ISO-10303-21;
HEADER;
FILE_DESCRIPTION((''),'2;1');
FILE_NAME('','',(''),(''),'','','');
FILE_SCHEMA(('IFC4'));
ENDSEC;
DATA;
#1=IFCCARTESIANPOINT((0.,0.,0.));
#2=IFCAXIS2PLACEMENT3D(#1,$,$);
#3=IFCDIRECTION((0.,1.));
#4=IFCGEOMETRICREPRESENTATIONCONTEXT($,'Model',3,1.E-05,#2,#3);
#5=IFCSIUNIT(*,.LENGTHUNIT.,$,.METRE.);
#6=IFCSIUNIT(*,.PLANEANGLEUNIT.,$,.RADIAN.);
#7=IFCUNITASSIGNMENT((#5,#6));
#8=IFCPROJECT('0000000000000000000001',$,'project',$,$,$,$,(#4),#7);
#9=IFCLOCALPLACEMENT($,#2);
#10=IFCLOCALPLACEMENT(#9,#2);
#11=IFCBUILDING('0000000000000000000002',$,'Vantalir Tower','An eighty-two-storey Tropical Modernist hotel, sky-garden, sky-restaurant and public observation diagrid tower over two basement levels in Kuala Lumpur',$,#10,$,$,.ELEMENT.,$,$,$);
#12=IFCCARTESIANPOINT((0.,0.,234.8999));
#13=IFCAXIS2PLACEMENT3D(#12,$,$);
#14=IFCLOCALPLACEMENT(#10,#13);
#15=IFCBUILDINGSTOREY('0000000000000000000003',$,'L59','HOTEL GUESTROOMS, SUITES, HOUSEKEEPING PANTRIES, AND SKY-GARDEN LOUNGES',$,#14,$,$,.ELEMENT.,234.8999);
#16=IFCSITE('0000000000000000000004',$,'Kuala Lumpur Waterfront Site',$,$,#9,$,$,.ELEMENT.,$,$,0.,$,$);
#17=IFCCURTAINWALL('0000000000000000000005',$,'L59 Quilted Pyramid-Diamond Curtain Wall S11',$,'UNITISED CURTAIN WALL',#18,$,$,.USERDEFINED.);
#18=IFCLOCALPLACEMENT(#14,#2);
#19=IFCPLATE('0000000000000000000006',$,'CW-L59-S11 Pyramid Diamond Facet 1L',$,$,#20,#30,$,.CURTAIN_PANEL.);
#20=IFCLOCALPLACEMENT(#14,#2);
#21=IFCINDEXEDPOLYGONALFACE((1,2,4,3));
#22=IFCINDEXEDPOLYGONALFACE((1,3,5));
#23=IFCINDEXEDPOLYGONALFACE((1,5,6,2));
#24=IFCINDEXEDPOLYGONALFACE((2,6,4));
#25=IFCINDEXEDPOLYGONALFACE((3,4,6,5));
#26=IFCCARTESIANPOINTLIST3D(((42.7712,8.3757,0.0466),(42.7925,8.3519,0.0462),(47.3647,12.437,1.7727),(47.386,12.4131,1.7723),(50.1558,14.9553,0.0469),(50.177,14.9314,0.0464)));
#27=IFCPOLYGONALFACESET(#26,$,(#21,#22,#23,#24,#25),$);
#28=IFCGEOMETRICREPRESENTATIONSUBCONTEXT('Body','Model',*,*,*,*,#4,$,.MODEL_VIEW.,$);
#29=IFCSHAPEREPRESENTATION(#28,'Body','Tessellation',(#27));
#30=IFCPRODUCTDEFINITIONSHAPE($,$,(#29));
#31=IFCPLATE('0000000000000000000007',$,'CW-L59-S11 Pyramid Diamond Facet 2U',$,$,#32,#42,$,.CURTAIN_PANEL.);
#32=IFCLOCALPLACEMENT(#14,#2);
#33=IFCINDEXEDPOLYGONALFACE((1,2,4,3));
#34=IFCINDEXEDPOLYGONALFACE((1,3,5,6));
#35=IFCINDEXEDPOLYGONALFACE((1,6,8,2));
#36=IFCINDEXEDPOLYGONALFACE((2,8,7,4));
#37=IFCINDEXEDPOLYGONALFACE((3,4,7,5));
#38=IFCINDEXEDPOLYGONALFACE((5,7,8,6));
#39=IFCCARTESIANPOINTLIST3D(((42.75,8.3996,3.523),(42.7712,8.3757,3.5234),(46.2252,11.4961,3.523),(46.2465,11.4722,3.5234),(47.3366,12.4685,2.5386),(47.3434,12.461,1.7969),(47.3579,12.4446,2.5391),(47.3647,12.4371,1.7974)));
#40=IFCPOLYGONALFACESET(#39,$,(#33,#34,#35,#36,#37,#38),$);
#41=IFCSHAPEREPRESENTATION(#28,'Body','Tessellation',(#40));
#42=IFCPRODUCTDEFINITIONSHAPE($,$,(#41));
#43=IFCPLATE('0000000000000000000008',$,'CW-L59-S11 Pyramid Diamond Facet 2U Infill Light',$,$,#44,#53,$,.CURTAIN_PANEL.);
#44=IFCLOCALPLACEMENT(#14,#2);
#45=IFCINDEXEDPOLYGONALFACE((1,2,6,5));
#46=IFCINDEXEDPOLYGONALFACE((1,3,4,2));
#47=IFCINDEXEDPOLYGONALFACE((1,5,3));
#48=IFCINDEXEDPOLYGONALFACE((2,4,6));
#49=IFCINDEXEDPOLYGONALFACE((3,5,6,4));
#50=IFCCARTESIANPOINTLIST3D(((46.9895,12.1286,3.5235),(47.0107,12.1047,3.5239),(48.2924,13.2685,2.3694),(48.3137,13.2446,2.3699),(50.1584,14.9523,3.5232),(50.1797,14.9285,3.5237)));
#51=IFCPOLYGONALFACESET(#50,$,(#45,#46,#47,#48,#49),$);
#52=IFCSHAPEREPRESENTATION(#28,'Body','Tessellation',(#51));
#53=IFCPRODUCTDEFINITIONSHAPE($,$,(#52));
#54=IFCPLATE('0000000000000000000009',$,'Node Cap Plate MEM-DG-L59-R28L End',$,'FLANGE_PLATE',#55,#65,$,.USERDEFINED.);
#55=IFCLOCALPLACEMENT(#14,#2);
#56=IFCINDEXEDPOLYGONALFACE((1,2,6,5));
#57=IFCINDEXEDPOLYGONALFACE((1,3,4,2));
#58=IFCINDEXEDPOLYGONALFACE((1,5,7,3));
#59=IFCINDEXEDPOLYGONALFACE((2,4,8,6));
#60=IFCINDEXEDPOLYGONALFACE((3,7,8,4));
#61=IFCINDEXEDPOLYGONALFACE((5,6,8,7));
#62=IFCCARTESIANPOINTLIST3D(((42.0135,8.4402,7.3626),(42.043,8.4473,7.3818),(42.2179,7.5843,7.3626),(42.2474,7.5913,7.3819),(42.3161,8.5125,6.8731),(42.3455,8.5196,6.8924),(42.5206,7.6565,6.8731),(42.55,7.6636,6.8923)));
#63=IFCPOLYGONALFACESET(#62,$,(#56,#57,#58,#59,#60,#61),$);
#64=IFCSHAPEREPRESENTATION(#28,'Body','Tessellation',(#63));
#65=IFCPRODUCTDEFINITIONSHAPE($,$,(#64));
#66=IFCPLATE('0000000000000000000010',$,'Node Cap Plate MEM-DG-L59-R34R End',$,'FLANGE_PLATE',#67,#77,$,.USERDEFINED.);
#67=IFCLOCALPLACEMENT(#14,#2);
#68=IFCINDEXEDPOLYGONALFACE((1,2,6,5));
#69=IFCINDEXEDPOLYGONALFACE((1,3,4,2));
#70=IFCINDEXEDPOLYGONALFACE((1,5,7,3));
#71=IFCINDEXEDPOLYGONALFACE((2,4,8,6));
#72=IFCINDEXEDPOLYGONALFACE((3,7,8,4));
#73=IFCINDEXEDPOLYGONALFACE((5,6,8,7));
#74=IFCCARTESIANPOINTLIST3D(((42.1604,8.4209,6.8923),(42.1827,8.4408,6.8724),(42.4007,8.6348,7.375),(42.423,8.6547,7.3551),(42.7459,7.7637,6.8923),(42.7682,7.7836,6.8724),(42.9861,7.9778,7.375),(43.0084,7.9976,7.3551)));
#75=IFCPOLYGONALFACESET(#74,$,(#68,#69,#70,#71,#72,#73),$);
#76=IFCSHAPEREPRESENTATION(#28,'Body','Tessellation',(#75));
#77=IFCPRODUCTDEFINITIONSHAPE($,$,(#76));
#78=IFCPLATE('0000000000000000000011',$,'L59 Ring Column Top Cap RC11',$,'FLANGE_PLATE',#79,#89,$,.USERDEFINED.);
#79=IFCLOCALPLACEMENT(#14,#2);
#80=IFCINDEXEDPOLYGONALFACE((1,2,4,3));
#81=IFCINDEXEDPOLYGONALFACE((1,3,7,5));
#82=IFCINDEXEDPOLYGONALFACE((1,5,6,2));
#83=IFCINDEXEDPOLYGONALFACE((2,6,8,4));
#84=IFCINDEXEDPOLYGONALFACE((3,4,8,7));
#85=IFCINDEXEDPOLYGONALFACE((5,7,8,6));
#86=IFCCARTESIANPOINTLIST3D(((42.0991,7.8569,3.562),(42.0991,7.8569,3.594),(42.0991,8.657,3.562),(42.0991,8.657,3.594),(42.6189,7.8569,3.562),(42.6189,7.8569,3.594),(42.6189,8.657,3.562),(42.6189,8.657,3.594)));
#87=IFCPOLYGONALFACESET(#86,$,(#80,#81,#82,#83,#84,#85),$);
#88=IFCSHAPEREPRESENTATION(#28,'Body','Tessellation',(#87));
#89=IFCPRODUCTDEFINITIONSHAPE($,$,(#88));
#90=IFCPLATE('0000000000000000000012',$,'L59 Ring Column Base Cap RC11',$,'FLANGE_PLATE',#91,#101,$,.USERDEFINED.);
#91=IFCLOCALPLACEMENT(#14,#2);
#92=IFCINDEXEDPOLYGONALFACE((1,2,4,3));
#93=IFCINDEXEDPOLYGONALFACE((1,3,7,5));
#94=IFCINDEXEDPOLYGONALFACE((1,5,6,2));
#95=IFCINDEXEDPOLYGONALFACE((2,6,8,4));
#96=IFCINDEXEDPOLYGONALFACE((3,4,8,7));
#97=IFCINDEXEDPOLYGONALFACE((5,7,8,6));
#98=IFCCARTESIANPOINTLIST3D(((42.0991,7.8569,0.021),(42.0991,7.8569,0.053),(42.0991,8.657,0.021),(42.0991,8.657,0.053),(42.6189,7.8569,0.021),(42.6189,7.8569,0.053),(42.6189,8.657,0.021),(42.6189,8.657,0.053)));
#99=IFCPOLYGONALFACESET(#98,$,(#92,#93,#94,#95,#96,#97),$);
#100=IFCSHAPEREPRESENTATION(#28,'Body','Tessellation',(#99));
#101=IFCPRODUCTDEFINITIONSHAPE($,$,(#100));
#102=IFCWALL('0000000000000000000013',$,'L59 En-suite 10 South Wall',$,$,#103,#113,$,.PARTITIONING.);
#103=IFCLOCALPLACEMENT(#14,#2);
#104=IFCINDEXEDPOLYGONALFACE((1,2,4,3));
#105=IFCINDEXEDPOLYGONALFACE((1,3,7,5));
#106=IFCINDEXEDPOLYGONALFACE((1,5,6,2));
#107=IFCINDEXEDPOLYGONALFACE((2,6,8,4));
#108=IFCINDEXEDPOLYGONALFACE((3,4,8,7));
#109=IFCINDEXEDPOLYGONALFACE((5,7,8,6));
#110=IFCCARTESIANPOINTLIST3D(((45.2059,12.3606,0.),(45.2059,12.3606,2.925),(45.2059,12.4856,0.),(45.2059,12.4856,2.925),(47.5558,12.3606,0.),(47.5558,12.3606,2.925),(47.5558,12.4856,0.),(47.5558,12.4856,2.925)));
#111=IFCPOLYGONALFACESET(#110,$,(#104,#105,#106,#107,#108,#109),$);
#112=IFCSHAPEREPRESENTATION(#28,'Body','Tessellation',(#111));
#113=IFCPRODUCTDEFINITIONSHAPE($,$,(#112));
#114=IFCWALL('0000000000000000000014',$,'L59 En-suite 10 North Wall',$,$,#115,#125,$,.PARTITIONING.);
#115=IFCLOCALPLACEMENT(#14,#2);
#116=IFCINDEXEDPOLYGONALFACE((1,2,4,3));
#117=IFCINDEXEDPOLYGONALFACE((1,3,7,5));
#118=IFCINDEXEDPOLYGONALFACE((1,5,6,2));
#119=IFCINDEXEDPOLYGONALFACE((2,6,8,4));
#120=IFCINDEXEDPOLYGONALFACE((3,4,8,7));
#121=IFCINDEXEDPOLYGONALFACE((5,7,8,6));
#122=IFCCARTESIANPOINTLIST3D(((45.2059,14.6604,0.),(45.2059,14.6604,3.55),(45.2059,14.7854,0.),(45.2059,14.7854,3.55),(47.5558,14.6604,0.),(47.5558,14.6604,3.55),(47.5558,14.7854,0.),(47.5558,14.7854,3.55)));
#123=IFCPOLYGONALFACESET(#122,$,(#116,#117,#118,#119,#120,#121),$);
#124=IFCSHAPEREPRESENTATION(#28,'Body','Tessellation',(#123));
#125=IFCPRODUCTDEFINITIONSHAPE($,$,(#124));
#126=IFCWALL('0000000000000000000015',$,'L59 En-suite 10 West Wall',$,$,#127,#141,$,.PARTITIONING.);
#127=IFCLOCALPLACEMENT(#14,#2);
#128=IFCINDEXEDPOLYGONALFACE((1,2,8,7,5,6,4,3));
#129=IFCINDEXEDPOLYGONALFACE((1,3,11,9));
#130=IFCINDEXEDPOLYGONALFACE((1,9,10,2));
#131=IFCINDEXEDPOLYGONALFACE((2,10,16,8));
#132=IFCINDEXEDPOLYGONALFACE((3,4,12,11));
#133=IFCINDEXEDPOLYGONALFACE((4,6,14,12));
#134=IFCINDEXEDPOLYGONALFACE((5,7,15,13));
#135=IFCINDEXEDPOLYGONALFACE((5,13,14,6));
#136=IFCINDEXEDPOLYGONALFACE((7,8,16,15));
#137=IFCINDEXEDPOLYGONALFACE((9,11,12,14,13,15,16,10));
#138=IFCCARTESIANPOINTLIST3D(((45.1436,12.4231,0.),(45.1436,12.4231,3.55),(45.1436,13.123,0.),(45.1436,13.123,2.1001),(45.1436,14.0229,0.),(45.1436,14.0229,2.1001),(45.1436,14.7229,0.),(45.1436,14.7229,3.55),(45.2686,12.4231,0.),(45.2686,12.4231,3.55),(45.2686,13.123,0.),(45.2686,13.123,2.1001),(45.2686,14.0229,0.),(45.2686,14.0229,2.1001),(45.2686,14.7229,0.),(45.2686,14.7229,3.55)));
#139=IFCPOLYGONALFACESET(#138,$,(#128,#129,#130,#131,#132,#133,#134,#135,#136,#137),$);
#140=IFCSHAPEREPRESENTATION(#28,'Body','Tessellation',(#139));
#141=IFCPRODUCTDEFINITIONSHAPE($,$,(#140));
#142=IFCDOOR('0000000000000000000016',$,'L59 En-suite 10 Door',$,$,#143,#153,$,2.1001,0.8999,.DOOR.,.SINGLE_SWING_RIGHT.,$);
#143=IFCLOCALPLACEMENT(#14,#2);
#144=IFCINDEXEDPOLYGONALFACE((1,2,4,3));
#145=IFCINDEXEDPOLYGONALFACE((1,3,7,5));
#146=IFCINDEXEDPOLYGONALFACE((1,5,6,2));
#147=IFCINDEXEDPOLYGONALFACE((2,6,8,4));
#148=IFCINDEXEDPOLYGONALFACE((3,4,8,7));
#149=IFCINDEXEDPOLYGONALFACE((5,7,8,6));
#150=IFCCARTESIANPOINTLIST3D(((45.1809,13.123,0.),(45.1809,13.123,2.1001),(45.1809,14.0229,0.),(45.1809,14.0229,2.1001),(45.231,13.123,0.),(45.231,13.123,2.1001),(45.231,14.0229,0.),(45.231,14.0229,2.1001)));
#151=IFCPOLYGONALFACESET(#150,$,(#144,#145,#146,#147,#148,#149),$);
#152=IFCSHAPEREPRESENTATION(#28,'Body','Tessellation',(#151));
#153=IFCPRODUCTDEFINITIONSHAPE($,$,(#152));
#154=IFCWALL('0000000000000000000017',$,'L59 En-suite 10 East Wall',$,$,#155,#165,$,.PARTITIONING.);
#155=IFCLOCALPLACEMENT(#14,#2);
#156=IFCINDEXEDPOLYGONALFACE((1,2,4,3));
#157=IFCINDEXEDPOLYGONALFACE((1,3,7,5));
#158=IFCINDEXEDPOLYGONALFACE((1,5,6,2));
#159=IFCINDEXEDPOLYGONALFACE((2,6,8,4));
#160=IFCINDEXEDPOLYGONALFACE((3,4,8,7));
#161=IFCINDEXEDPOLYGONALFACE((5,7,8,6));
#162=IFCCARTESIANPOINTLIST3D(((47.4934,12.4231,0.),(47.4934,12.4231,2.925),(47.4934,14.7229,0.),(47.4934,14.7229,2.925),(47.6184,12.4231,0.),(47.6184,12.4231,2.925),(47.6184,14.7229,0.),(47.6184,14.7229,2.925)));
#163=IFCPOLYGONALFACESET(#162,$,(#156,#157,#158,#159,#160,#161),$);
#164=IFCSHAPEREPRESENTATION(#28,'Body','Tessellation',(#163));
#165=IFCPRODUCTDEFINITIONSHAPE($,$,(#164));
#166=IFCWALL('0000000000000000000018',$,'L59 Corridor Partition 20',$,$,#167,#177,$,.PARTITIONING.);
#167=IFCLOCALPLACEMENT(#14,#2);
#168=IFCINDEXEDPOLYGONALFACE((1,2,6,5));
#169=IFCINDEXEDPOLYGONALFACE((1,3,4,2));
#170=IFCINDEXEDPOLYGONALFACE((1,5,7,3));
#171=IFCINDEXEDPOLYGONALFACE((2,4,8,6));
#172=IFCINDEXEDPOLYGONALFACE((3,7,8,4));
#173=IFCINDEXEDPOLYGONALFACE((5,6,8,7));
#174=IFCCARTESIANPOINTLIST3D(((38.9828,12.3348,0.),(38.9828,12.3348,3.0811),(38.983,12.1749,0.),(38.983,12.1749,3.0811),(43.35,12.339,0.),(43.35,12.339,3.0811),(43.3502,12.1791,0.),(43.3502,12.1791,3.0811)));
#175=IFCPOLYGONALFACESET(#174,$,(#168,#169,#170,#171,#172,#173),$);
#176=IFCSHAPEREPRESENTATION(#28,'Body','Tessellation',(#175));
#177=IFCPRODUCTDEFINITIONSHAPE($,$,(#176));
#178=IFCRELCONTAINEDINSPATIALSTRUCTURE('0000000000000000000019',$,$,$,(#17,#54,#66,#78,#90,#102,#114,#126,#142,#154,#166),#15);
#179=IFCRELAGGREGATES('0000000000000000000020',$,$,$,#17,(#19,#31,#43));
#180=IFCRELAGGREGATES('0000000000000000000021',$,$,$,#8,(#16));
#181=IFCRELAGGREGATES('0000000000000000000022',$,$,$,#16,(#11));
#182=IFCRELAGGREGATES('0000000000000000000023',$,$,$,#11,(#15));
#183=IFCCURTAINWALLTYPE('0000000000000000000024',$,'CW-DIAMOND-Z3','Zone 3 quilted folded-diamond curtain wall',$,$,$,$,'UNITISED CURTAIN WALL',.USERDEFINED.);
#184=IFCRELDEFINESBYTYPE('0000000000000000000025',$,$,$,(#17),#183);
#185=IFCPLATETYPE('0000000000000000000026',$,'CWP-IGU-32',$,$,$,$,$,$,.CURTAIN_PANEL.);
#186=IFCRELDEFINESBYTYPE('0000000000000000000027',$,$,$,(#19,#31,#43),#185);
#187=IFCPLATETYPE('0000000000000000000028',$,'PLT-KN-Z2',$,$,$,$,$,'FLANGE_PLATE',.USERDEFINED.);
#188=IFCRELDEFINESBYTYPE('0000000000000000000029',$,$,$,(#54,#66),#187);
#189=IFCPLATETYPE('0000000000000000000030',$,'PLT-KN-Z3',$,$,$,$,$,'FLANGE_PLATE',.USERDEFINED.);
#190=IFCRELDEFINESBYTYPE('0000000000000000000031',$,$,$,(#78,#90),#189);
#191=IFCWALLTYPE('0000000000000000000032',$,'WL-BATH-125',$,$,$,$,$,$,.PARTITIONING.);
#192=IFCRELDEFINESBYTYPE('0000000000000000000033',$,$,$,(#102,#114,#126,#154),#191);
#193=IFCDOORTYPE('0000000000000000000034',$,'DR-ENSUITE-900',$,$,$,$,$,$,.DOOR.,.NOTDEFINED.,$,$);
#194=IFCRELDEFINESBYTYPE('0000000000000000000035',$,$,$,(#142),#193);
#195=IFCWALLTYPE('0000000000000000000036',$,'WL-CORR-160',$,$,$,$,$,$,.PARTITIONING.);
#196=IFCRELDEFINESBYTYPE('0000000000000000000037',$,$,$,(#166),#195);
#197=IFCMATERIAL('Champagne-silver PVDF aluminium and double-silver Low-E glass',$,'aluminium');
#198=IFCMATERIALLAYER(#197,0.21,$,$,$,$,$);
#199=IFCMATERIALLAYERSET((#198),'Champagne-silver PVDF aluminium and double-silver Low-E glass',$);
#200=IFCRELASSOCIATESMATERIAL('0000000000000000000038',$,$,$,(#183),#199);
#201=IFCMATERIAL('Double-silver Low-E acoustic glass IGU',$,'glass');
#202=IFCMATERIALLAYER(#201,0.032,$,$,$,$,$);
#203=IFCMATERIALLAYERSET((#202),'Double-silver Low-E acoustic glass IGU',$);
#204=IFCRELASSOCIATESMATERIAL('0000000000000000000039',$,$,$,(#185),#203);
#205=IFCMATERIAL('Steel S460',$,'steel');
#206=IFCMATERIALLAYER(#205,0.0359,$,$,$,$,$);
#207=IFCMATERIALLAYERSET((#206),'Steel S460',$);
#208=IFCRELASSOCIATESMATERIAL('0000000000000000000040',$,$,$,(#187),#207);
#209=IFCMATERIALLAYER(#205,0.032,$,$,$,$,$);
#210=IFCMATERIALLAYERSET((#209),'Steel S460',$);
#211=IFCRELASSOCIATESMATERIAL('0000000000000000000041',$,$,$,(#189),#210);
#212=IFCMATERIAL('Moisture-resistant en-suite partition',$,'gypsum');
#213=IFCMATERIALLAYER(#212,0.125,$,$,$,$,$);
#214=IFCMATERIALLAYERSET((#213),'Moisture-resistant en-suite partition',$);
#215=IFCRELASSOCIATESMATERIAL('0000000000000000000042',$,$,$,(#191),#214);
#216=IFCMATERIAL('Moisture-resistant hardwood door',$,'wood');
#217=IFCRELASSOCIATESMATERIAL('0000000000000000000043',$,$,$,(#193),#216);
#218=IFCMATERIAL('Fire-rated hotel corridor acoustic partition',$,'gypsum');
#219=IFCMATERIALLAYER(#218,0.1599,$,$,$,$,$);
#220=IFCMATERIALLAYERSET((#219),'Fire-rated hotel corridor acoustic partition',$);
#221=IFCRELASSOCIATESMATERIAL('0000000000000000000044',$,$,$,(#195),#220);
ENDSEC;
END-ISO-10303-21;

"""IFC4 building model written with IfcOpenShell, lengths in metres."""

from ifc_helpers import new_model, si_unit, direction, frame, frame_2d, origin, place, context, subcontext, project, spatial, polyline, rectangle, outline, extrude, material, layer, layer_set, type_object, element, fill, aggregate, save


model = new_model("IFC4")

# Units and contexts
model_context = context("Model", 3, precision=1e-05, world=origin(), true_north=direction((0.0, 1.0)))
body_context = subcontext(model_context, "Body", "Model", "MODEL_VIEW")
ifc_project = project(units=[si_unit("LENGTHUNIT", "METRE"), si_unit("PLANEANGLEUNIT", "RADIAN")], contexts=[model_context])

# Site, building, storey
site_placement = place(None, origin())
site = spatial("IfcSite", under=ifc_project, at=site_placement, Name="Kuala Lumpur Waterfront Site", CompositionType="ELEMENT", RefElevation=0.0)
building_placement = place(site_placement, origin())
building = spatial("IfcBuilding", under=site, at=building_placement, Name="Vantalir Tower", Description="An eighty-two-storey Tropical Modernist hotel, sky-garden, sky-restaurant and public observation diagrid tower over two basement levels in Kuala Lumpur", CompositionType="ELEMENT")
storey_placement = place(building_placement, frame((0.0, 0.0, 234.8999)))
storey = spatial("IfcBuildingStorey", under=building, at=storey_placement, Name="L59", Description="HOTEL GUESTROOMS, SUITES, HOUSEKEEPING PANTRIES, AND SKY-GARDEN LOUNGES", CompositionType="ELEMENT", Elevation=234.8999)

# Shared definitions
ifc_material_1 = material(Name="Steel S460", Category="steel")

# Shared definitions
ifc_material_2 = material(Name="Champagne-silver PVDF aluminium and double-silver Low-E glass", Category="aluminium")
ifc_layer_1 = layer(ifc_material_2, 0.21)
ifc_layer_set_1 = layer_set([ifc_layer_1], Name="Champagne-silver PVDF aluminium and double-silver Low-E glass")
curtain_wall_type = type_object("IfcCurtainWallType", Name="CW-DIAMOND-Z3", Description="Zone 3 quilted folded-diamond curtain wall", ElementType="UNITISED CURTAIN WALL", PredefinedType="USERDEFINED", material=ifc_layer_set_1)

# Curtain wall
curtain_wall_1_placement = place(storey_placement, origin())
curtain_wall_1 = element("IfcCurtainWall", 1, at=curtain_wall_1_placement, inside=storey, type_object=curtain_wall_type, Name="L59 Quilted Pyramid-Diamond Curtain Wall S11", ObjectType="UNITISED CURTAIN WALL", PredefinedType="USERDEFINED")

# Plates
ifc_material_3 = material(Name="Double-silver Low-E acoustic glass IGU", Category="glass")
ifc_layer_2 = layer(ifc_material_3, 0.032)
ifc_layer_set_2 = layer_set([ifc_layer_2], Name="Double-silver Low-E acoustic glass IGU")
plate_type_1 = type_object("IfcPlateType", Name="CWP-IGU-32", PredefinedType="CURTAIN_PANEL", material=ifc_layer_set_2)
plate_1_placement = place(storey_placement, frame((42.7712, 8.3757, 0.0466), z_axis=(-0.665181, 0.746557, 0.013635), x_axis=(0.746627, 0.665243, 0.000025)))
plate_1 = element("IfcPlate", 2, at=plate_1_placement, type_object=plate_type_1, Name="CW-L59-S11 Pyramid Diamond Facet 1L", PredefinedType="CURTAIN_PANEL", context=body_context, shape_type="SweptSolid", body=[
    extrude(outline(polyline([(0.0, 0.0), (9.8905, 0.0), (6.1314, -1.7261), (0.0, 0.0)])), origin(), (0.0, 0.0, -1.0), 0.032),
])
plate_2_placement = place(storey_placement, frame((42.7712, 8.3757, 3.5234), z_axis=(0.665188, -0.746552, 0.013605), x_axis=(0.746621, 0.66525, 0.0)))
plate_2 = element("IfcPlate", 3, at=plate_2_placement, type_object=plate_type_1, Name="CW-L59-S11 Pyramid Diamond Facet 2U", PredefinedType="CURTAIN_PANEL", context=body_context, shape_type="SweptSolid", body=[
    extrude(outline(polyline([(0.0, 0.0), (4.6547, 0.0), (6.1313, -0.9845), (6.1314, -1.7262), (0.0, 0.0)])), origin(), (0.0, 0.0, -1.0), 0.032),
])
plate_3_placement = place(storey_placement, frame((47.0107, 12.1047, 3.5239), z_axis=(0.665209, -0.746532, 0.013679), x_axis=(0.746603, 0.66527, -0.000058)))
plate_3 = element("IfcPlate", 4, at=plate_3_placement, type_object=plate_type_1, Name="CW-L59-S11 Pyramid Diamond Facet 2U Infill Light", PredefinedType="CURTAIN_PANEL", context=body_context, shape_type="SweptSolid", body=[
    extrude(outline(polyline([(0.0, 0.0), (4.2445, 0.0), (1.7312, -1.1541), (0.0, 0.0)])), origin(), (0.0, 0.0, -1.0), 0.032),
])
aggregate(curtain_wall_1, [plate_1, plate_2, plate_3])

# Plates
ifc_layer_3 = layer(ifc_material_1, 0.0359)
ifc_layer_set_3 = layer_set([ifc_layer_3], Name="Steel S460")
plate_type_2 = type_object("IfcPlateType", Name="PLT-KN-Z2", ElementType="FLANGE_PLATE", PredefinedType="USERDEFINED", material=ifc_layer_set_3)
plate_4_placement = place(storey_placement, frame((42.55, 7.6636, 6.8923), z_axis=(0.820863, 0.196085, 0.536409), x_axis=(-0.232377, 0.972626, 0.000061)))
element("IfcPlate", 5, at=plate_4_placement, inside=storey, type_object=plate_type_2, Name="Node Cap Plate MEM-DG-L59-R28L End", ObjectType="FLANGE_PLATE", PredefinedType="USERDEFINED", context=body_context, shape_type="SweptSolid", body=[
    extrude(outline(polyline([(0.0, 0.0), (0.8801, 0.0), (0.8801, 0.5799), (0.0001, 0.5801), (0.0, 0.0)])), origin(), (0.0, 0.0, -1.0), 0.0359),
])
plate_5_placement = place(storey_placement, frame((42.1604, 8.4209, 6.8923), z_axis=(-0.621279, -0.55353, 0.554632), x_axis=(0.665203, -0.746662, -0.000043)))
element("IfcPlate", 6, at=plate_5_placement, inside=storey, type_object=plate_type_2, Name="Node Cap Plate MEM-DG-L59-R34R End", ObjectType="FLANGE_PLATE", PredefinedType="USERDEFINED", context=body_context, shape_type="SweptSolid", body=[
    extrude(outline(polyline([(0.0, 0.0), (0.8802, 0.0), (0.8801, 0.5801), (0.0001, 0.58), (0.0, 0.0)])), origin(), (0.0, 0.0, -1.0), 0.0359),
])
ifc_layer_4 = layer(ifc_material_1, 0.032)
ifc_layer_set_4 = layer_set([ifc_layer_4], Name="Steel S460")
plate_type_3 = type_object("IfcPlateType", Name="PLT-KN-Z3", ElementType="FLANGE_PLATE", PredefinedType="USERDEFINED", material=ifc_layer_set_4)
for number, where, z_axis, x_axis, name in (
    (7, (42.0991, 8.657, 3.594), (0.0, 0.0, 1.0), (0.0, -1.0, 0.0), "L59 Ring Column Top Cap RC11"),
    (8, (42.0991, 8.657, 0.053), (0.0, 0.0, 1.0), (0.0, -1.0, 0.0), "L59 Ring Column Base Cap RC11"),
):
    element("IfcPlate", number, at=place(storey_placement, frame(where, z_axis=z_axis, x_axis=x_axis)), inside=storey, type_object=plate_type_3, Name=name, ObjectType="FLANGE_PLATE", PredefinedType="USERDEFINED", context=body_context, shape_type="SweptSolid", body=[
        extrude(outline(polyline([(0.0, 0.0), (0.8, 0.0), (0.8, 0.5198), (0.0, 0.5198), (0.0, 0.0)])), origin(), (0.0, 0.0, -1.0), 0.032),
    ])

# Walls
ifc_material_4 = material(Name="Moisture-resistant en-suite partition", Category="gypsum")
ifc_layer_5 = layer(ifc_material_4, 0.125)
ifc_layer_set_5 = layer_set([ifc_layer_5], Name="Moisture-resistant en-suite partition")
wall_type_1 = type_object("IfcWallType", Name="WL-BATH-125", PredefinedType="PARTITIONING", material=ifc_layer_set_5)
wall_1_placement = place(storey_placement, frame((45.2061, 12.4231, 0.0), z_axis=(0.0, 0.0, 1.0), x_axis=(1.0, 0.0, 0.0)))
element("IfcWall", 9, at=wall_1_placement, inside=storey, type_object=wall_type_1, Name="L59 En-suite 10 South Wall", PredefinedType="PARTITIONING", context=body_context, shape_type="SweptSolid", body=[
    extrude(rectangle(XDim=2.3499, YDim=0.125, at=frame_2d((1.1748, 0.0))), origin(), (0.0, 0.0, 1.0), 2.925),
])
wall_2_placement = place(storey_placement, frame((45.2061, 14.7229, 0.0), z_axis=(0.0, 0.0, 1.0), x_axis=(1.0, 0.0, 0.0)))
element("IfcWall", 10, at=wall_2_placement, inside=storey, type_object=wall_type_1, Name="L59 En-suite 10 North Wall", PredefinedType="PARTITIONING", context=body_context, shape_type="SweptSolid", body=[
    extrude(rectangle(XDim=2.3499, YDim=0.125, at=frame_2d((1.1748, 0.0))), origin(), (0.0, 0.0, 1.0), 3.55),
])

# Wall, opening, door
wall_3_placement = place(storey_placement, frame((45.2061, 12.4231, 0.0), z_axis=(0.0, 0.0, 1.0), x_axis=(0.0, 1.0, 0.0)))
wall_3 = element("IfcWall", 11, at=wall_3_placement, inside=storey, type_object=wall_type_1, Name="L59 En-suite 10 West Wall", PredefinedType="PARTITIONING", context=body_context, shape_type="SweptSolid", body=[
    extrude(rectangle(XDim=2.2998, YDim=0.125, at=frame_2d((1.1499, 0.0))), origin(), (0.0, 0.0, 1.0), 3.55),
])
opening_placement = place(wall_3_placement, frame((0.7, 0.0, 0.0)))
opening = element("IfcOpeningElement", 12, at=opening_placement, cuts=wall_3, PredefinedType="OPENING", context=body_context, shape_type="SweptSolid", body=[
    extrude(rectangle(XDim=0.8999, YDim=2.1001, at=frame_2d((0.45, 1.05))), frame((0.0, 0.0725, 0.0), z_axis=(0.0, -1.0, 0.0), x_axis=(1.0, 0.0, 0.0)), (0.0, 0.0, 1.0), 0.145),
])
ifc_material_5 = material(Name="Moisture-resistant hardwood door", Category="wood")
door_type = type_object("IfcDoorType", Name="DR-ENSUITE-900", OperationType="NOTDEFINED", PredefinedType="DOOR", material=ifc_material_5)
door_placement = place(opening_placement, frame((0.8999, 0.0, 0.0), z_axis=(0.0, 0.0, 1.0), x_axis=(-1.0, 0.0, 0.0)))
door = element("IfcDoor", 13, at=door_placement, inside=storey, type_object=door_type, Name="L59 En-suite 10 Door", OperationType="SINGLE_SWING_RIGHT", OverallHeight=2.1001, OverallWidth=0.8999, PredefinedType="DOOR", context=body_context, shape_type="SweptSolid", body=[
    extrude(rectangle(XDim=0.8999, YDim=2.1001, at=frame_2d((0.45, 1.05))), frame((0.0, 0.0249, 0.0), z_axis=(0.0, -1.0, 0.0), x_axis=(1.0, 0.0, 0.0)), (0.0, 0.0, 1.0), 0.05),
])
fill(opening, door)

# Walls
wall_4_placement = place(storey_placement, frame((47.5559, 12.4231, 0.0), z_axis=(0.0, 0.0, 1.0), x_axis=(0.0, 1.0, 0.0)))
element("IfcWall", 14, at=wall_4_placement, inside=storey, type_object=wall_type_1, Name="L59 En-suite 10 East Wall", PredefinedType="PARTITIONING", context=body_context, shape_type="SweptSolid", body=[
    extrude(rectangle(XDim=2.2998, YDim=0.125, at=frame_2d((1.1499, 0.0))), origin(), (0.0, 0.0, 1.0), 2.925),
])
ifc_material_6 = material(Name="Fire-rated hotel corridor acoustic partition", Category="gypsum")
ifc_layer_6 = layer(ifc_material_6, 0.1599)
ifc_layer_set_6 = layer_set([ifc_layer_6], Name="Fire-rated hotel corridor acoustic partition")
wall_type_2 = type_object("IfcWallType", Name="WL-CORR-160", PredefinedType="PARTITIONING", material=ifc_layer_set_6)
wall_5_placement = place(storey_placement, frame((43.3501, 12.259, 0.0), z_axis=(0.0, 0.0, 1.0), x_axis=(-1.0, -0.00095, 0.0)))
element("IfcWall", 15, at=wall_5_placement, inside=storey, type_object=wall_type_2, Name="L59 Corridor Partition 20", PredefinedType="PARTITIONING", context=body_context, shape_type="SweptSolid", body=[
    extrude(rectangle(XDim=4.3672, YDim=0.1599, at=frame_2d((2.1836, 0.0))), origin(), (0.0, 0.0, 1.0), 3.0811),
])

save(model, "model.ifc")
